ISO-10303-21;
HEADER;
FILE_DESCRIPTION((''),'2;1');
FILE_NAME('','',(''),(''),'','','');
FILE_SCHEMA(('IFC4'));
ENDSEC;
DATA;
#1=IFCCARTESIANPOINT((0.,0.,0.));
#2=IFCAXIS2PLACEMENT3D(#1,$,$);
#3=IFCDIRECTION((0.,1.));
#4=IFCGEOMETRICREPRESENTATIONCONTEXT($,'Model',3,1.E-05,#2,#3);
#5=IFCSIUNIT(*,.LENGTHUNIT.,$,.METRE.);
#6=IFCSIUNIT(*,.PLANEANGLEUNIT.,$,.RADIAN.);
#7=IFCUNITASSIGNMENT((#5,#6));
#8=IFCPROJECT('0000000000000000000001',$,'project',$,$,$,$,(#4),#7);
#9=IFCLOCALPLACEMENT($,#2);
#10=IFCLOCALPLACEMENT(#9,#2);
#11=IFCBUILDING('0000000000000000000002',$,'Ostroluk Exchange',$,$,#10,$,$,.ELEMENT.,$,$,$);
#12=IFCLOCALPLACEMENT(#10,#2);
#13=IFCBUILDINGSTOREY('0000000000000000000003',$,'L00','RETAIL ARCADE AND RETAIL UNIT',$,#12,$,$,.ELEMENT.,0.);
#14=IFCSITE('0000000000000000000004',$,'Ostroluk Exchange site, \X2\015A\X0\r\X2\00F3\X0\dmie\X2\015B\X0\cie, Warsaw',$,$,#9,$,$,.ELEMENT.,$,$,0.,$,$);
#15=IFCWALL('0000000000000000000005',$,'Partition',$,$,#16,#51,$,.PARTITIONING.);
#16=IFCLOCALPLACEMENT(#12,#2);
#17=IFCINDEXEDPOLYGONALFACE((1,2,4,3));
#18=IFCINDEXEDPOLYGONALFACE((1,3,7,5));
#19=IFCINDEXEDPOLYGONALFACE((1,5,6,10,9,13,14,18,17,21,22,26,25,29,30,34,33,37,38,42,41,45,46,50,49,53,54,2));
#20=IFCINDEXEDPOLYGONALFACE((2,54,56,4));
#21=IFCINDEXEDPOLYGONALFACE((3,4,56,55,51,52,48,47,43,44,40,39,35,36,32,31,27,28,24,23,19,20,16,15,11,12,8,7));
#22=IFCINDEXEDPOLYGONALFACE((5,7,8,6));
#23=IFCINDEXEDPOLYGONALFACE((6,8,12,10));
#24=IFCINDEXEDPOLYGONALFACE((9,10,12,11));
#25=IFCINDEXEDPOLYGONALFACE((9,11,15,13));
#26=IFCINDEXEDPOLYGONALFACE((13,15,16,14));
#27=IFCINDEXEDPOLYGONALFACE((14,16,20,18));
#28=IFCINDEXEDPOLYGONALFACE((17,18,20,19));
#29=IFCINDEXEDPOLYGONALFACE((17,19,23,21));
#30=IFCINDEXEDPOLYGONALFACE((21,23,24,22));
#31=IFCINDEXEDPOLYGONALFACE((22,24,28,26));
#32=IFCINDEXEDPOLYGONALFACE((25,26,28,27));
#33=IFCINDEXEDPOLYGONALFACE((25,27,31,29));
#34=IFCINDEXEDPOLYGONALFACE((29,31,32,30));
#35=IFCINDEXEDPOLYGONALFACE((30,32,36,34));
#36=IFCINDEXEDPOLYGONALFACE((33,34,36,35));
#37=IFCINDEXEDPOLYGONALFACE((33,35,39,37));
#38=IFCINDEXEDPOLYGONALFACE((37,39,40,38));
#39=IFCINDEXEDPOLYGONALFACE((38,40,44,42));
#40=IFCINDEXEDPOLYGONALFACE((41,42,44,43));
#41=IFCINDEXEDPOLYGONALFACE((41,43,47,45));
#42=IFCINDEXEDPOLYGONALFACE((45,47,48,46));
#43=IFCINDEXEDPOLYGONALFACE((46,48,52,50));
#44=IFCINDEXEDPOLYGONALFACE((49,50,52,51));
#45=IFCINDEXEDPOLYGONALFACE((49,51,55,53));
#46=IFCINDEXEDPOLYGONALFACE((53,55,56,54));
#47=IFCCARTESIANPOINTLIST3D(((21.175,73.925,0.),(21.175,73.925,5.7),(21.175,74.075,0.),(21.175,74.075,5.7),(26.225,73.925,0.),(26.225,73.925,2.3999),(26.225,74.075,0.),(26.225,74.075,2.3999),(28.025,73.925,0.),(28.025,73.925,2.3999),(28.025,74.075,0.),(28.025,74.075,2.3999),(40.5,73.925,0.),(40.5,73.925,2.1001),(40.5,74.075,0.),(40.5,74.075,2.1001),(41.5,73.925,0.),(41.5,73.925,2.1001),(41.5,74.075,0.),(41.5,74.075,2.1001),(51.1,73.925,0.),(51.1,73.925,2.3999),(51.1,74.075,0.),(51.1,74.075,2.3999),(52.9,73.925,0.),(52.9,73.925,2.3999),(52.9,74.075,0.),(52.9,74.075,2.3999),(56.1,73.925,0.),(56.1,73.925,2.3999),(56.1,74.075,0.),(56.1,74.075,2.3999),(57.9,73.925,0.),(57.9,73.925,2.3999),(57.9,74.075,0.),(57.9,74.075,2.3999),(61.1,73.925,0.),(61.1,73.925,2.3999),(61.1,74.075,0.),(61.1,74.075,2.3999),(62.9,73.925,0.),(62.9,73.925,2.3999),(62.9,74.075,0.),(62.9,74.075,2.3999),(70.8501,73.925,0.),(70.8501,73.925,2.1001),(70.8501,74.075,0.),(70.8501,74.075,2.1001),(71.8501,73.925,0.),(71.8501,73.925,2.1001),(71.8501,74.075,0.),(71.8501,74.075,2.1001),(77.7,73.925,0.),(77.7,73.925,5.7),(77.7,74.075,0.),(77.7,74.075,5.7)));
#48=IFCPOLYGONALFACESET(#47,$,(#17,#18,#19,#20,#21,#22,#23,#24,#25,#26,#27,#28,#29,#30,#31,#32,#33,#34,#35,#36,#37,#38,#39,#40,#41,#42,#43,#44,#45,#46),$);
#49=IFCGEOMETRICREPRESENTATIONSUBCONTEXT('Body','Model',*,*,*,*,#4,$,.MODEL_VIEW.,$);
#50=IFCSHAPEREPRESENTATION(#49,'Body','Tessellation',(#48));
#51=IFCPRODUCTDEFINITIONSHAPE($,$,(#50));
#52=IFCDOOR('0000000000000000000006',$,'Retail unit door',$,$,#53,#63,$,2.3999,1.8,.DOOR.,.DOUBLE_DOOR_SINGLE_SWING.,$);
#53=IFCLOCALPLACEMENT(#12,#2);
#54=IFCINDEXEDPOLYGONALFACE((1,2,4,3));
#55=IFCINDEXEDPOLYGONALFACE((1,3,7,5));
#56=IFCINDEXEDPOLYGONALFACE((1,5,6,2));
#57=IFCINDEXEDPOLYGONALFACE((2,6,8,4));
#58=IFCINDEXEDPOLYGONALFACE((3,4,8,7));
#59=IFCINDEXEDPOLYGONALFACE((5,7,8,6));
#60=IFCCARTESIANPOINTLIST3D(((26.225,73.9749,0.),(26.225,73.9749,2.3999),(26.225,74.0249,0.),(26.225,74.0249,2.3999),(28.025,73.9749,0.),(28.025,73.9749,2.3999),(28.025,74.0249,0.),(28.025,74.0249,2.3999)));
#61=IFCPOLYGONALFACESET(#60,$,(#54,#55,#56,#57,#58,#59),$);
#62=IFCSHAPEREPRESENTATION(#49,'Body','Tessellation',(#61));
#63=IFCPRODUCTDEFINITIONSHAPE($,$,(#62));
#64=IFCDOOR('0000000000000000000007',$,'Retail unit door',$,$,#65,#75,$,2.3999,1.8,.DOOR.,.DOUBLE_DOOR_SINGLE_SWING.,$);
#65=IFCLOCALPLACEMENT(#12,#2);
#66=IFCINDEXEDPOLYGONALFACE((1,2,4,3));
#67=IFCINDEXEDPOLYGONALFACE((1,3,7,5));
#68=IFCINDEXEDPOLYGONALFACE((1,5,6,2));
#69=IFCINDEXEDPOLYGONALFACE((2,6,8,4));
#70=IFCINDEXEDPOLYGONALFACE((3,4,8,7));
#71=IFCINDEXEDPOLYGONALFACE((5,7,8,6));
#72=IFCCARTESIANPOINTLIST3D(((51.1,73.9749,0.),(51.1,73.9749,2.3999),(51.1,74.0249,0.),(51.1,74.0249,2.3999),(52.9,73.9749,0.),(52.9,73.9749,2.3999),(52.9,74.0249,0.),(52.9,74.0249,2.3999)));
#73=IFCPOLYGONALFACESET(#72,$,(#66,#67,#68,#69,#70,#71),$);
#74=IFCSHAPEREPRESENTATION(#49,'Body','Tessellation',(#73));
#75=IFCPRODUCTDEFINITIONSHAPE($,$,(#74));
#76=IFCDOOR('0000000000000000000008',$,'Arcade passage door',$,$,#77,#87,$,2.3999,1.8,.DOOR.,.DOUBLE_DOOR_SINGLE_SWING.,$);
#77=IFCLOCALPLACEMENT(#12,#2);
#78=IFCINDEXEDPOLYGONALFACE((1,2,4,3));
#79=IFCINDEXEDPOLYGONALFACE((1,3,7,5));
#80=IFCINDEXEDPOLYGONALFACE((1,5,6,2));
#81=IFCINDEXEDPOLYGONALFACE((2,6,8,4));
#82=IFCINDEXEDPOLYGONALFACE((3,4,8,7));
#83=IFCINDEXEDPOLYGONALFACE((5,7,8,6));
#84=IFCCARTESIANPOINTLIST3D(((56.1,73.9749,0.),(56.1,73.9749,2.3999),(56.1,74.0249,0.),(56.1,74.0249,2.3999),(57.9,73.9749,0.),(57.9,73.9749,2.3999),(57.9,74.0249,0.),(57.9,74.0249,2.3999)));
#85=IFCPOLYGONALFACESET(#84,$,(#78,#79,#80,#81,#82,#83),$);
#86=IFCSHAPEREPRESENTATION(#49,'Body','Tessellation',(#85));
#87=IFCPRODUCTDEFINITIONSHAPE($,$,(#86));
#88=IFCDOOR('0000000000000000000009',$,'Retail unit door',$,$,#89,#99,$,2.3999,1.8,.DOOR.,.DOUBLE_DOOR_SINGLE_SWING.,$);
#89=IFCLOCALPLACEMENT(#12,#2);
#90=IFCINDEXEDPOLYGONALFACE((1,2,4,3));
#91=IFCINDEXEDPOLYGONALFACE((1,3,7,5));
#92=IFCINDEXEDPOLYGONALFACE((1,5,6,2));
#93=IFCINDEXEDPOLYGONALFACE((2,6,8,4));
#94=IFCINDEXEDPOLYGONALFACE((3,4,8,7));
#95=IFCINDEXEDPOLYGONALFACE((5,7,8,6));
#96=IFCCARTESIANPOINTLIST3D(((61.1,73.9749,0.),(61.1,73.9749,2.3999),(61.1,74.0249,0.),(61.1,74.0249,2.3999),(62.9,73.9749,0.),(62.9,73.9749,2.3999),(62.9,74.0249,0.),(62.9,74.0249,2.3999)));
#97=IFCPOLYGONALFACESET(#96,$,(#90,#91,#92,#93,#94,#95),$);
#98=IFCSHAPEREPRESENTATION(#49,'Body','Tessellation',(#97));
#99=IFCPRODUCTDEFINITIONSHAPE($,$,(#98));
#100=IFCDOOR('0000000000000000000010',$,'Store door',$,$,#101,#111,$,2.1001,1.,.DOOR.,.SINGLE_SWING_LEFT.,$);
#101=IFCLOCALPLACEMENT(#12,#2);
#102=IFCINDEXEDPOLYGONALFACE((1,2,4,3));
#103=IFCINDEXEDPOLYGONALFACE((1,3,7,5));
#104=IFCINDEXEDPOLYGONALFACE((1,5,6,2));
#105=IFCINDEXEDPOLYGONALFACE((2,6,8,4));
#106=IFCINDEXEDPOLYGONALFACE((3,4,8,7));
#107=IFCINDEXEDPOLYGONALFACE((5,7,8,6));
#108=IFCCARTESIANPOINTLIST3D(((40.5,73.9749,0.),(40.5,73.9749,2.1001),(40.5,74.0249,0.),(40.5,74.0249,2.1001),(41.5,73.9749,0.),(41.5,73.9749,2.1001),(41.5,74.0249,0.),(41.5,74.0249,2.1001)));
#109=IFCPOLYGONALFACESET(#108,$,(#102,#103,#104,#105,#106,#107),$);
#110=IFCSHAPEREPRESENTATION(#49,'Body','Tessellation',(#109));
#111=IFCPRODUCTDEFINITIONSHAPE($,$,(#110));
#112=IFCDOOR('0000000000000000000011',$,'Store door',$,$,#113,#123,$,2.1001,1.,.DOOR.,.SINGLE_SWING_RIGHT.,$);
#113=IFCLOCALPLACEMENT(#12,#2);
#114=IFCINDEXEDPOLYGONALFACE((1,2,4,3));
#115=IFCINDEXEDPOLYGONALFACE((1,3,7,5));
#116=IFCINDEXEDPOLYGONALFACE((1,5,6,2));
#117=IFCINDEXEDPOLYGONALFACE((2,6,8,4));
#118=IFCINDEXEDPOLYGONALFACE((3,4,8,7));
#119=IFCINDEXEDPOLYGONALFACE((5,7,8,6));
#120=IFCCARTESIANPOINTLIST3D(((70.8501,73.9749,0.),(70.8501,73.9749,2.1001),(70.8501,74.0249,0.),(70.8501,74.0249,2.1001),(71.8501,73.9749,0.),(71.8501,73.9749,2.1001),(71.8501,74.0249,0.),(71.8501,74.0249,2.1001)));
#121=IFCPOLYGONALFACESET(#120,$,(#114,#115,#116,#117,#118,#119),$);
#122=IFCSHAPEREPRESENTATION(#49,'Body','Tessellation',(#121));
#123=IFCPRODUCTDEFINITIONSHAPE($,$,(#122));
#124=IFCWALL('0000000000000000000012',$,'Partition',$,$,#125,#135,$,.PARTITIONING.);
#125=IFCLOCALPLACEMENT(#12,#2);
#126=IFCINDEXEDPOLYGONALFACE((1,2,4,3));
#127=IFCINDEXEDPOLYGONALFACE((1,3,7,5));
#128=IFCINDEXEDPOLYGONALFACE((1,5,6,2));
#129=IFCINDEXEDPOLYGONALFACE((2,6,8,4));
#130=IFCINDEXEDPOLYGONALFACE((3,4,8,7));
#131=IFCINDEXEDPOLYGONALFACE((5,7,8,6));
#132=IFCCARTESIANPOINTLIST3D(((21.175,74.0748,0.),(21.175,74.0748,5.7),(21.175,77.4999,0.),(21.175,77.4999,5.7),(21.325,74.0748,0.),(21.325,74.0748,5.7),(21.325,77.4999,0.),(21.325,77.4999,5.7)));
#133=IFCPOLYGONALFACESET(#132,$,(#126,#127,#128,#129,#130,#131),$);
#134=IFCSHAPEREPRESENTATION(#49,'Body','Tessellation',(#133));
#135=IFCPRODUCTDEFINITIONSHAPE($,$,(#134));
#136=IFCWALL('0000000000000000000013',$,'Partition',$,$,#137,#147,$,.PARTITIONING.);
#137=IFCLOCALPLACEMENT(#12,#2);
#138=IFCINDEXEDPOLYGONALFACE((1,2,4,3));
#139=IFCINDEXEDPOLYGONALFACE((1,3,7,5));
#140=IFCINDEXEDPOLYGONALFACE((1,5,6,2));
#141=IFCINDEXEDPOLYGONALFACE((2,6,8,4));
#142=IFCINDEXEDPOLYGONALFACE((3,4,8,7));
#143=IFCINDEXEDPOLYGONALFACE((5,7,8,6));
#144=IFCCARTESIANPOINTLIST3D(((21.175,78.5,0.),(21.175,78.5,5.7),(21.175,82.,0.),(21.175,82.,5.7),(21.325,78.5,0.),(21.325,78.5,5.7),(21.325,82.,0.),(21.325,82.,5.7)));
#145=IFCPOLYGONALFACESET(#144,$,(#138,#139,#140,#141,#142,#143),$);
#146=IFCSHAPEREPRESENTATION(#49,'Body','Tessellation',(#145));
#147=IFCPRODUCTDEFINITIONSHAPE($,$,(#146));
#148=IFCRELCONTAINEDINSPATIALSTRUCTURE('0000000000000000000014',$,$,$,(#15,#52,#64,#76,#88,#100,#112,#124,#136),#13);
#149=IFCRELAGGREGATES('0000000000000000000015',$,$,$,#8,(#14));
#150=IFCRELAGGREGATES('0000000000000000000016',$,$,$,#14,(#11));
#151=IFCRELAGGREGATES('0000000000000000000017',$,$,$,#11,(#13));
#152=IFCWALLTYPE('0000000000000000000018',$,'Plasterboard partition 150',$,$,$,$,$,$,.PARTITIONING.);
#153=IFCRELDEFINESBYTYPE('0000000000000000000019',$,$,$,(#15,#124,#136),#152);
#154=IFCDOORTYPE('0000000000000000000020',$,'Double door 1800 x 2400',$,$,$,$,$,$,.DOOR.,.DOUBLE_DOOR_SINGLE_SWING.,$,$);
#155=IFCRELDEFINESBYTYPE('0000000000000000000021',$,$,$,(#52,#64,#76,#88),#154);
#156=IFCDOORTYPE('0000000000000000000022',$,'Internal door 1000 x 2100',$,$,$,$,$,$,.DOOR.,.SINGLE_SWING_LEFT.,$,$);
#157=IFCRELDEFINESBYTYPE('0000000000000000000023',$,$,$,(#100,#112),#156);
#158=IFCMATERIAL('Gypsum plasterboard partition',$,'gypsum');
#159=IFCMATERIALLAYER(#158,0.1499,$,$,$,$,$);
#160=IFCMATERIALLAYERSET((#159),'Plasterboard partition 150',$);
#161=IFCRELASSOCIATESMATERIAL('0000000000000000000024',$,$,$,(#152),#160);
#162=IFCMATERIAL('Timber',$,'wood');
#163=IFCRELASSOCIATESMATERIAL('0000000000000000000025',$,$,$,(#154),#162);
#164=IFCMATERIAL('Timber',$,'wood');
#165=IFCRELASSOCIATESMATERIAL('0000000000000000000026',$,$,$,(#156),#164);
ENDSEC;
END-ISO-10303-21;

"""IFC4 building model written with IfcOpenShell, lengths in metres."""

from ifc_helpers import new_model, si_unit, direction, frame, frame_2d, origin, place, context, subcontext, project, spatial, rectangle, extrude, material, layer, layer_set, type_object, element, fill, save


model = new_model("IFC4")

# Units and contexts
model_context = context("Model", 3, precision=1e-05, world=origin(), true_north=direction((0.0, 1.0)))
body_context = subcontext(model_context, "Body", "Model", "MODEL_VIEW")
ifc_project = project(units=[si_unit("LENGTHUNIT", "METRE"), si_unit("PLANEANGLEUNIT", "RADIAN")], contexts=[model_context])

# Site, building, storey
site_placement = place(None, origin())
site = spatial("IfcSite", under=ifc_project, at=site_placement, Name="Ostroluk Exchange site, Śródmieście, Warsaw", CompositionType="ELEMENT", RefElevation=0.0)
building_placement = place(site_placement, origin())
building = spatial("IfcBuilding", under=site, at=building_placement, Name="Ostroluk Exchange", CompositionType="ELEMENT")
storey_placement = place(building_placement, origin())
storey = spatial("IfcBuildingStorey", under=building, at=storey_placement, Name="L00", Description="RETAIL ARCADE AND RETAIL UNIT", CompositionType="ELEMENT", Elevation=0.0)

# Shared definitions
ifc_material_1 = material(Name="Gypsum plasterboard partition", Category="gypsum")
ifc_layer = layer(ifc_material_1, 0.1499)
ifc_layer_set = layer_set([ifc_layer], Name="Plasterboard partition 150")
wall_type = type_object("IfcWallType", Name="Plasterboard partition 150", PredefinedType="PARTITIONING", material=ifc_layer_set)
ifc_material_2 = material(Name="Timber", Category="wood")
door_type_1 = type_object("IfcDoorType", Name="Double door 1800 x 2400", OperationType="DOUBLE_DOOR_SINGLE_SWING", PredefinedType="DOOR", material=ifc_material_2)

# Wall, openings, doors
wall_1_placement = place(storey_placement, frame((21.175, 74.0, 0.0), z_axis=(0.0, 0.0, 1.0), x_axis=(1.0, 0.0, 0.0)))
wall_1 = element("IfcWall", 1, at=wall_1_placement, inside=storey, type_object=wall_type, Name="Partition", PredefinedType="PARTITIONING", context=body_context, shape_type="SweptSolid", body=[
    extrude(rectangle(XDim=56.5249, YDim=0.1499, at=frame_2d((28.2625, 0.0))), origin(), (0.0, 0.0, 1.0), 5.7),
])
opening_1_placement = place(wall_1_placement, frame((5.05, 0.0, 0.0)))
opening_1 = element("IfcOpeningElement", 2, at=opening_1_placement, cuts=wall_1, PredefinedType="OPENING", context=body_context, shape_type="SweptSolid", body=[
    extrude(rectangle(XDim=1.8, YDim=2.3999, at=frame_2d((0.8999, 1.2))), frame((0.0, 0.085, 0.0), z_axis=(0.0, -1.0, 0.0), x_axis=(1.0, 0.0, 0.0)), (0.0, 0.0, 1.0), 0.1699),
])
opening_2_placement = place(wall_1_placement, frame((19.325, 0.0, 0.0)))
opening_2 = element("IfcOpeningElement", 3, at=opening_2_placement, cuts=wall_1, PredefinedType="OPENING", context=body_context, shape_type="SweptSolid", body=[
    extrude(rectangle(XDim=1.0, YDim=2.1001, at=frame_2d((0.5, 1.05))), frame((0.0, 0.085, 0.0), z_axis=(0.0, -1.0, 0.0), x_axis=(1.0, 0.0, 0.0)), (0.0, 0.0, 1.0), 0.1699),
])
opening_3_placement = place(wall_1_placement, frame((29.925, 0.0, 0.0)))
opening_3 = element("IfcOpeningElement", 4, at=opening_3_placement, cuts=wall_1, PredefinedType="OPENING", context=body_context, shape_type="SweptSolid", body=[
    extrude(rectangle(XDim=1.8, YDim=2.3999, at=frame_2d((0.8999, 1.2))), frame((0.0, 0.085, 0.0), z_axis=(0.0, -1.0, 0.0), x_axis=(1.0, 0.0, 0.0)), (0.0, 0.0, 1.0), 0.1699),
])
opening_4_placement = place(wall_1_placement, frame((34.925, 0.0, 0.0)))
opening_4 = element("IfcOpeningElement", 5, at=opening_4_placement, cuts=wall_1, PredefinedType="OPENING", context=body_context, shape_type="SweptSolid", body=[
    extrude(rectangle(XDim=1.8, YDim=2.3999, at=frame_2d((0.8999, 1.2))), frame((0.0, 0.085, 0.0), z_axis=(0.0, -1.0, 0.0), x_axis=(1.0, 0.0, 0.0)), (0.0, 0.0, 1.0), 0.1699),
])
opening_5_placement = place(wall_1_placement, frame((39.925, 0.0, 0.0)))
opening_5 = element("IfcOpeningElement", 6, at=opening_5_placement, cuts=wall_1, PredefinedType="OPENING", context=body_context, shape_type="SweptSolid", body=[
    extrude(rectangle(XDim=1.8, YDim=2.3999, at=frame_2d((0.8999, 1.2))), frame((0.0, 0.085, 0.0), z_axis=(0.0, -1.0, 0.0), x_axis=(1.0, 0.0, 0.0)), (0.0, 0.0, 1.0), 0.1699),
])
opening_6_placement = place(wall_1_placement, frame((49.675, 0.0, 0.0)))
opening_6 = element("IfcOpeningElement", 7, at=opening_6_placement, cuts=wall_1, PredefinedType="OPENING", context=body_context, shape_type="SweptSolid", body=[
    extrude(rectangle(XDim=1.0, YDim=2.1001, at=frame_2d((0.5, 1.05))), frame((0.0, 0.085, 0.0), z_axis=(0.0, -1.0, 0.0), x_axis=(1.0, 0.0, 0.0)), (0.0, 0.0, 1.0), 0.1699),
])
door_1_placement = place(opening_1_placement, origin())
door_1 = element("IfcDoor", 8, at=door_1_placement, inside=storey, type_object=door_type_1, Name="Retail unit door", OperationType="DOUBLE_DOOR_SINGLE_SWING", OverallHeight=2.3999, OverallWidth=1.8, PredefinedType="DOOR", context=body_context, shape_type="SweptSolid", body=[
    extrude(rectangle(XDim=1.8, YDim=2.3999, at=frame_2d((0.8999, 1.2))), frame((0.0, 0.0249, 0.0), z_axis=(0.0, -1.0, 0.0), x_axis=(1.0, 0.0, 0.0)), (0.0, 0.0, 1.0), 0.05),
])
fill(opening_1, door_1)
door_2_placement = place(opening_3_placement, origin())
door_2 = element("IfcDoor", 9, at=door_2_placement, inside=storey, type_object=door_type_1, Name="Retail unit door", OperationType="DOUBLE_DOOR_SINGLE_SWING", OverallHeight=2.3999, OverallWidth=1.8, PredefinedType="DOOR", context=body_context, shape_type="SweptSolid", body=[
    extrude(rectangle(XDim=1.8, YDim=2.3999, at=frame_2d((0.8999, 1.2))), frame((0.0, 0.0249, 0.0), z_axis=(0.0, -1.0, 0.0), x_axis=(1.0, 0.0, 0.0)), (0.0, 0.0, 1.0), 0.05),
])
fill(opening_3, door_2)
door_3_placement = place(opening_4_placement, origin())
door_3 = element("IfcDoor", 10, at=door_3_placement, inside=storey, type_object=door_type_1, Name="Arcade passage door", OperationType="DOUBLE_DOOR_SINGLE_SWING", OverallHeight=2.3999, OverallWidth=1.8, PredefinedType="DOOR", context=body_context, shape_type="SweptSolid", body=[
    extrude(rectangle(XDim=1.8, YDim=2.3999, at=frame_2d((0.8999, 1.2))), frame((0.0, 0.0249, 0.0), z_axis=(0.0, -1.0, 0.0), x_axis=(1.0, 0.0, 0.0)), (0.0, 0.0, 1.0), 0.05),
])
fill(opening_4, door_3)
door_4_placement = place(opening_5_placement, origin())
door_4 = element("IfcDoor", 11, at=door_4_placement, inside=storey, type_object=door_type_1, Name="Retail unit door", OperationType="DOUBLE_DOOR_SINGLE_SWING", OverallHeight=2.3999, OverallWidth=1.8, PredefinedType="DOOR", context=body_context, shape_type="SweptSolid", body=[
    extrude(rectangle(XDim=1.8, YDim=2.3999, at=frame_2d((0.8999, 1.2))), frame((0.0, 0.0249, 0.0), z_axis=(0.0, -1.0, 0.0), x_axis=(1.0, 0.0, 0.0)), (0.0, 0.0, 1.0), 0.05),
])
fill(opening_5, door_4)
ifc_material_3 = material(Name="Timber", Category="wood")
door_type_2 = type_object("IfcDoorType", Name="Internal door 1000 x 2100", OperationType="SINGLE_SWING_LEFT", PredefinedType="DOOR", material=ifc_material_3)
door_5_placement = place(opening_2_placement, origin())
door_5 = element("IfcDoor", 12, at=door_5_placement, inside=storey, type_object=door_type_2, Name="Store door", OperationType="SINGLE_SWING_LEFT", OverallHeight=2.1001, OverallWidth=1.0, PredefinedType="DOOR", context=body_context, shape_type="SweptSolid", body=[
    extrude(rectangle(XDim=1.0, YDim=2.1001, at=frame_2d((0.5, 1.05))), frame((0.0, 0.0249, 0.0), z_axis=(0.0, -1.0, 0.0), x_axis=(1.0, 0.0, 0.0)), (0.0, 0.0, 1.0), 0.05),
])
fill(opening_2, door_5)
door_6_placement = place(opening_6_placement, origin())
door_6 = element("IfcDoor", 13, at=door_6_placement, inside=storey, type_object=door_type_2, Name="Store door", OperationType="SINGLE_SWING_RIGHT", OverallHeight=2.1001, OverallWidth=1.0, PredefinedType="DOOR", context=body_context, shape_type="SweptSolid", body=[
    extrude(rectangle(XDim=1.0, YDim=2.1001, at=frame_2d((0.5, 1.05))), frame((0.0, 0.0249, 0.0), z_axis=(0.0, -1.0, 0.0), x_axis=(1.0, 0.0, 0.0)), (0.0, 0.0, 1.0), 0.05),
])
fill(opening_6, door_6)

# Walls
wall_2_placement = place(storey_placement, frame((21.25, 74.075, 0.0), z_axis=(0.0, 0.0, 1.0), x_axis=(0.0, 1.0, 0.0)))
element("IfcWall", 14, at=wall_2_placement, inside=storey, type_object=wall_type, Name="Partition", PredefinedType="PARTITIONING", context=body_context, shape_type="SweptSolid", body=[
    extrude(rectangle(XDim=3.425, YDim=0.1499, at=frame_2d((1.7124, 0.0))), origin(), (0.0, 0.0, 1.0), 5.7),
])
wall_3_placement = place(storey_placement, frame((21.25, 78.5, 0.0), z_axis=(0.0, 0.0, 1.0), x_axis=(0.0, 1.0, 0.0)))
element("IfcWall", 15, at=wall_3_placement, inside=storey, type_object=wall_type, Name="Partition", PredefinedType="PARTITIONING", context=body_context, shape_type="SweptSolid", body=[
    extrude(rectangle(XDim=3.5, YDim=0.1499, at=frame_2d((1.75, 0.0))), origin(), (0.0, 0.0, 1.0), 5.7),
])

save(model, "model.ifc")
